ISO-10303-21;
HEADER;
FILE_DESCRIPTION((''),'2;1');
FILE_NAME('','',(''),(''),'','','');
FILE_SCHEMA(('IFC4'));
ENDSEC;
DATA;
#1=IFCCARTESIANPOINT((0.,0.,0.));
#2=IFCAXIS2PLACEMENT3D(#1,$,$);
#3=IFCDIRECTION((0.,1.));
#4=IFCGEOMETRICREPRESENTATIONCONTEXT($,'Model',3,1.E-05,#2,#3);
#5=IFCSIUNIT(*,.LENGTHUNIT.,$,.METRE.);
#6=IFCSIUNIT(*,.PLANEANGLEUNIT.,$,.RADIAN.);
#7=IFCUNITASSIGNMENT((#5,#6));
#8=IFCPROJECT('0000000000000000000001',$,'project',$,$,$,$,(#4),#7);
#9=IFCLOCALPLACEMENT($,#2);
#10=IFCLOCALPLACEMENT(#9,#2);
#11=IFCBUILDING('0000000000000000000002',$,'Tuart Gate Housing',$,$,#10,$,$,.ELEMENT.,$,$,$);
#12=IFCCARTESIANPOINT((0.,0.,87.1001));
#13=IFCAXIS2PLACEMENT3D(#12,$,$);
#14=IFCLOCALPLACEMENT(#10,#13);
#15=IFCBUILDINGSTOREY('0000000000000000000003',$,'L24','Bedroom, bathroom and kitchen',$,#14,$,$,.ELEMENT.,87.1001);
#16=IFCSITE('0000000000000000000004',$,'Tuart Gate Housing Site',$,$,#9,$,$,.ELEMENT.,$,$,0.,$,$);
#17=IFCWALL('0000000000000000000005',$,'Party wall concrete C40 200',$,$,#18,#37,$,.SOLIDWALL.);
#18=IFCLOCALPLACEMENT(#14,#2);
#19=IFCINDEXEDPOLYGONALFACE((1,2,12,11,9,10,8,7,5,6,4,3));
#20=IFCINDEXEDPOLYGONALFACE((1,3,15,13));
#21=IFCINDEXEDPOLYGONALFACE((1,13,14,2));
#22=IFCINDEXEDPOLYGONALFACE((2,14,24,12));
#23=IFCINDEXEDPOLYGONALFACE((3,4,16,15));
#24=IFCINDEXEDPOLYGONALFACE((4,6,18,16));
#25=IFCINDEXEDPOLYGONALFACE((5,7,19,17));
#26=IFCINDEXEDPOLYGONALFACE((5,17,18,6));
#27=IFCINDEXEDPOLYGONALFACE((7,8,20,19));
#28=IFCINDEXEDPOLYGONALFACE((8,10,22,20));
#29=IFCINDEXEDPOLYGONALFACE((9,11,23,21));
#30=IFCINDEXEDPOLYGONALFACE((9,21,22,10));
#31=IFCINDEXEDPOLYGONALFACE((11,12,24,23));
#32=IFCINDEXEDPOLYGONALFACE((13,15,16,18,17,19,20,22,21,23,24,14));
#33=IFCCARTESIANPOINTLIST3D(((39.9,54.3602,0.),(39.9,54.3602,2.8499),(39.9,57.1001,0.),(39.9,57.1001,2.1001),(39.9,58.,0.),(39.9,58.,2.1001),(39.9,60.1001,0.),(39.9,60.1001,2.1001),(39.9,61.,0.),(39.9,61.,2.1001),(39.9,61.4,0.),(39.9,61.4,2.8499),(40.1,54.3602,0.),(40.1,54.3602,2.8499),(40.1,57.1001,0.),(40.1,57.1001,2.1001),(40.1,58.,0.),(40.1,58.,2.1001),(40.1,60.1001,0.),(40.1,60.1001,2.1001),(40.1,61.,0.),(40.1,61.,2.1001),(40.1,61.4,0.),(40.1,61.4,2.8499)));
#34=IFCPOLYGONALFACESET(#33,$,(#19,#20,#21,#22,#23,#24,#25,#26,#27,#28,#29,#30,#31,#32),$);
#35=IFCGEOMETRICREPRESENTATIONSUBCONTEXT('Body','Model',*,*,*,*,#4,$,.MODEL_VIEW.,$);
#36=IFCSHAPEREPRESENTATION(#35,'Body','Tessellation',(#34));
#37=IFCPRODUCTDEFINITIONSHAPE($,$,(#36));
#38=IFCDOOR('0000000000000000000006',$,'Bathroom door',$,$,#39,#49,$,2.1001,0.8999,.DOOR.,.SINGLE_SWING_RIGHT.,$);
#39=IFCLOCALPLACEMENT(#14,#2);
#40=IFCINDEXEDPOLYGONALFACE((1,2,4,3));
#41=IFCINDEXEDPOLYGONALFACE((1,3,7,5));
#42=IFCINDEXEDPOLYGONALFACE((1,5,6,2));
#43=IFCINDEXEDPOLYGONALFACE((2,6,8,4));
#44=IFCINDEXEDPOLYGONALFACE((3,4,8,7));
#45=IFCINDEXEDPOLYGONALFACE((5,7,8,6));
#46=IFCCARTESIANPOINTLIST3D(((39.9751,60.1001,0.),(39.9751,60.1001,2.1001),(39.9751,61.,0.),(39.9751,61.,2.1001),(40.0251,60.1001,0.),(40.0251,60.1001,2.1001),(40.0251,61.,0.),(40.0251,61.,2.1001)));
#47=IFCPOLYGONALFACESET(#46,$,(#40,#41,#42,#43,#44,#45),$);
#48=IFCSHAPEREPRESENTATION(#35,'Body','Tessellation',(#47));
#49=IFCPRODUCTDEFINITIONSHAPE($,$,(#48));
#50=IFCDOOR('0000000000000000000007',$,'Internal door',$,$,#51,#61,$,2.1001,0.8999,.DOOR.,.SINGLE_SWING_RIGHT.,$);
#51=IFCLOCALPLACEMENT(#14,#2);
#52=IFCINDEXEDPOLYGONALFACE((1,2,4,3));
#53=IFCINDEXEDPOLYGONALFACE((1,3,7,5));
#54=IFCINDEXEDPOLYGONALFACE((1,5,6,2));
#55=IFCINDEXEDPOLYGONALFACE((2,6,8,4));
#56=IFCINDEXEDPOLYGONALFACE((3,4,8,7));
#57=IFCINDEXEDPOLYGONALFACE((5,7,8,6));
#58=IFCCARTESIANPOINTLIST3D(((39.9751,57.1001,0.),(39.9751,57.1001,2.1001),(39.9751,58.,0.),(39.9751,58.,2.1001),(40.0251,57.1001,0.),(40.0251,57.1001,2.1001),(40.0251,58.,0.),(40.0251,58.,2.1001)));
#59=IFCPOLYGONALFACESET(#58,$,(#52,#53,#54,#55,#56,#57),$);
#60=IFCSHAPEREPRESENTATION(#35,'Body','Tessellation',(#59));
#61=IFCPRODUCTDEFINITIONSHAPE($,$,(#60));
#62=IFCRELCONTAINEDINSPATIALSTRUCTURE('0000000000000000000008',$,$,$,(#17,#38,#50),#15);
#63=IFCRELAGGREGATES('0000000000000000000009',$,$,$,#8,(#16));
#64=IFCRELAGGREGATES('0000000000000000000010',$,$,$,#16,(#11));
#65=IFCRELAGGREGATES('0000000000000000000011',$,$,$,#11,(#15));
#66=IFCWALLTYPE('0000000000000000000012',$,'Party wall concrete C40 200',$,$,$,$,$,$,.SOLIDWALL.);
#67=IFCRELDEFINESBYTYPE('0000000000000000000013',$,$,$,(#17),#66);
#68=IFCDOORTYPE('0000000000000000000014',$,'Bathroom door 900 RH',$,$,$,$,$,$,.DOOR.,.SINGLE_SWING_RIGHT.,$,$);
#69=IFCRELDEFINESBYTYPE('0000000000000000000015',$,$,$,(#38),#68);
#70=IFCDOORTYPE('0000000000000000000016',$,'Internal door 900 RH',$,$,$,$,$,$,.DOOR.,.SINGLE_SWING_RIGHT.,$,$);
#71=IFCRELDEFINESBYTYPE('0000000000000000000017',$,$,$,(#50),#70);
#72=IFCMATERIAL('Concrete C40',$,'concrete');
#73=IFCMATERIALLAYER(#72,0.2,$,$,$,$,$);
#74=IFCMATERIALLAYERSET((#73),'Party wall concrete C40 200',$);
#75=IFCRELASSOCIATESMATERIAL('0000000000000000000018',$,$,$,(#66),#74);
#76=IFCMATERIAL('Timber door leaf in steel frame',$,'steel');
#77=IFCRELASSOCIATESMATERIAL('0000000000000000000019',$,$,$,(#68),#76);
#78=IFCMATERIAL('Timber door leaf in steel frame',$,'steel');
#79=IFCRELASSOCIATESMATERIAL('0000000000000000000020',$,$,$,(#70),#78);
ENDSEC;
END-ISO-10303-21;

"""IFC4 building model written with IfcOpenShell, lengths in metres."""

from ifc_helpers import new_model, si_unit, direction, frame, frame_2d, origin, place, context, subcontext, project, spatial, rectangle, extrude, material, layer, layer_set, type_object, element, fill, save


model = new_model("IFC4")

# Units and contexts
model_context = context("Model", 3, precision=1e-05, world=origin(), true_north=direction((0.0, 1.0)))
body_context = subcontext(model_context, "Body", "Model", "MODEL_VIEW")
ifc_project = project(units=[si_unit("LENGTHUNIT", "METRE"), si_unit("PLANEANGLEUNIT", "RADIAN")], contexts=[model_context])

# Site, building, storey
site_placement = place(None, origin())
site = spatial("IfcSite", under=ifc_project, at=site_placement, Name="Tuart Gate Housing Site", CompositionType="ELEMENT", RefElevation=0.0)
building_placement = place(site_placement, origin())
building = spatial("IfcBuilding", under=site, at=building_placement, Name="Tuart Gate Housing", CompositionType="ELEMENT")
storey_placement = place(building_placement, frame((0.0, 0.0, 87.1001)))
storey = spatial("IfcBuildingStorey", under=building, at=storey_placement, Name="L24", Description="Bedroom, bathroom and kitchen", CompositionType="ELEMENT", Elevation=87.1001)

# Shared definitions
ifc_material_1 = material(Name="Concrete C40", Category="concrete")
ifc_layer_1 = layer(ifc_material_1, 0.2)
ifc_layer_set_1 = layer_set([ifc_layer_1], Name="Party wall concrete C40 200")
wall_type_1 = type_object("IfcWallType", Name="Party wall concrete C40 200", PredefinedType="SOLIDWALL", material=ifc_layer_set_1)

# Wall, openings, doors
wall_1_placement = place(storey_placement, frame((40.0, 54.3601, 0.0), z_axis=(0.0, 0.0, 1.0), x_axis=(0.0, 1.0, 0.0)))
wall_1 = element("IfcWall", 1, at=wall_1_placement, inside=storey, type_object=wall_type_1, Name="Party wall concrete C40 200", PredefinedType="SOLIDWALL", context=body_context, shape_type="SweptSolid", body=[
    extrude(rectangle(XDim=7.0398, YDim=0.2, at=frame_2d((3.52, 0.0))), origin(), (0.0, 0.0, 1.0), 2.8499),
])
opening_1_placement = place(wall_1_placement, frame((2.74, 0.0, 0.0)))
opening_1 = element("IfcOpeningElement", 2, at=opening_1_placement, cuts=wall_1, PredefinedType="OPENING", context=body_context, shape_type="SweptSolid", body=[
    extrude(rectangle(XDim=0.8999, YDim=2.1001, at=frame_2d((0.45, 1.05))), frame((0.0, 0.1099, 0.0), z_axis=(0.0, -1.0, 0.0), x_axis=(1.0, 0.0, 0.0)), (0.0, 0.0, 1.0), 0.22),
])
opening_2_placement = place(wall_1_placement, frame((5.74, 0.0, 0.0)))
opening_2 = element("IfcOpeningElement", 3, at=opening_2_placement, cuts=wall_1, PredefinedType="OPENING", context=body_context, shape_type="SweptSolid", body=[
    extrude(rectangle(XDim=0.8999, YDim=2.1001, at=frame_2d((0.45, 1.05))), frame((0.0, 0.1099, 0.0), z_axis=(0.0, -1.0, 0.0), x_axis=(1.0, 0.0, 0.0)), (0.0, 0.0, 1.0), 0.22),
])
ifc_material_2 = material(Name="Timber door leaf in steel frame", Category="steel")
door_type_1 = type_object("IfcDoorType", Name="Bathroom door 900 RH", OperationType="SINGLE_SWING_RIGHT", PredefinedType="DOOR", material=ifc_material_2)
door_1_placement = place(opening_2_placement, origin())
door_1 = element("IfcDoor", 4, at=door_1_placement, inside=storey, type_object=door_type_1, Name="Bathroom door", OperationType="SINGLE_SWING_RIGHT", OverallHeight=2.1001, OverallWidth=0.8999, PredefinedType="DOOR", context=body_context, shape_type="SweptSolid", body=[
    extrude(rectangle(XDim=0.8999, YDim=2.1001, at=frame_2d((0.45, 1.05))), frame((0.0, 0.0249, 0.0), z_axis=(0.0, -1.0, 0.0), x_axis=(1.0, 0.0, 0.0)), (0.0, 0.0, 1.0), 0.05),
])
fill(opening_2, door_1)
ifc_material_3 = material(Name="Timber door leaf in steel frame", Category="steel")
door_type_2 = type_object("IfcDoorType", Name="Internal door 900 RH", OperationType="SINGLE_SWING_RIGHT", PredefinedType="DOOR", material=ifc_material_3)
door_2_placement = place(opening_1_placement, origin())
door_2 = element("IfcDoor", 5, at=door_2_placement, inside=storey, type_object=door_type_2, Name="Internal door", OperationType="SINGLE_SWING_RIGHT", OverallHeight=2.1001, OverallWidth=0.8999, PredefinedType="DOOR", context=body_context, shape_type="SweptSolid", body=[
    extrude(rectangle(XDim=0.8999, YDim=2.1001, at=frame_2d((0.45, 1.05))), frame((0.0, 0.0249, 0.0), z_axis=(0.0, -1.0, 0.0), x_axis=(1.0, 0.0, 0.0)), (0.0, 0.0, 1.0), 0.05),
])
fill(opening_1, door_2)

save(model, "model.ifc")
